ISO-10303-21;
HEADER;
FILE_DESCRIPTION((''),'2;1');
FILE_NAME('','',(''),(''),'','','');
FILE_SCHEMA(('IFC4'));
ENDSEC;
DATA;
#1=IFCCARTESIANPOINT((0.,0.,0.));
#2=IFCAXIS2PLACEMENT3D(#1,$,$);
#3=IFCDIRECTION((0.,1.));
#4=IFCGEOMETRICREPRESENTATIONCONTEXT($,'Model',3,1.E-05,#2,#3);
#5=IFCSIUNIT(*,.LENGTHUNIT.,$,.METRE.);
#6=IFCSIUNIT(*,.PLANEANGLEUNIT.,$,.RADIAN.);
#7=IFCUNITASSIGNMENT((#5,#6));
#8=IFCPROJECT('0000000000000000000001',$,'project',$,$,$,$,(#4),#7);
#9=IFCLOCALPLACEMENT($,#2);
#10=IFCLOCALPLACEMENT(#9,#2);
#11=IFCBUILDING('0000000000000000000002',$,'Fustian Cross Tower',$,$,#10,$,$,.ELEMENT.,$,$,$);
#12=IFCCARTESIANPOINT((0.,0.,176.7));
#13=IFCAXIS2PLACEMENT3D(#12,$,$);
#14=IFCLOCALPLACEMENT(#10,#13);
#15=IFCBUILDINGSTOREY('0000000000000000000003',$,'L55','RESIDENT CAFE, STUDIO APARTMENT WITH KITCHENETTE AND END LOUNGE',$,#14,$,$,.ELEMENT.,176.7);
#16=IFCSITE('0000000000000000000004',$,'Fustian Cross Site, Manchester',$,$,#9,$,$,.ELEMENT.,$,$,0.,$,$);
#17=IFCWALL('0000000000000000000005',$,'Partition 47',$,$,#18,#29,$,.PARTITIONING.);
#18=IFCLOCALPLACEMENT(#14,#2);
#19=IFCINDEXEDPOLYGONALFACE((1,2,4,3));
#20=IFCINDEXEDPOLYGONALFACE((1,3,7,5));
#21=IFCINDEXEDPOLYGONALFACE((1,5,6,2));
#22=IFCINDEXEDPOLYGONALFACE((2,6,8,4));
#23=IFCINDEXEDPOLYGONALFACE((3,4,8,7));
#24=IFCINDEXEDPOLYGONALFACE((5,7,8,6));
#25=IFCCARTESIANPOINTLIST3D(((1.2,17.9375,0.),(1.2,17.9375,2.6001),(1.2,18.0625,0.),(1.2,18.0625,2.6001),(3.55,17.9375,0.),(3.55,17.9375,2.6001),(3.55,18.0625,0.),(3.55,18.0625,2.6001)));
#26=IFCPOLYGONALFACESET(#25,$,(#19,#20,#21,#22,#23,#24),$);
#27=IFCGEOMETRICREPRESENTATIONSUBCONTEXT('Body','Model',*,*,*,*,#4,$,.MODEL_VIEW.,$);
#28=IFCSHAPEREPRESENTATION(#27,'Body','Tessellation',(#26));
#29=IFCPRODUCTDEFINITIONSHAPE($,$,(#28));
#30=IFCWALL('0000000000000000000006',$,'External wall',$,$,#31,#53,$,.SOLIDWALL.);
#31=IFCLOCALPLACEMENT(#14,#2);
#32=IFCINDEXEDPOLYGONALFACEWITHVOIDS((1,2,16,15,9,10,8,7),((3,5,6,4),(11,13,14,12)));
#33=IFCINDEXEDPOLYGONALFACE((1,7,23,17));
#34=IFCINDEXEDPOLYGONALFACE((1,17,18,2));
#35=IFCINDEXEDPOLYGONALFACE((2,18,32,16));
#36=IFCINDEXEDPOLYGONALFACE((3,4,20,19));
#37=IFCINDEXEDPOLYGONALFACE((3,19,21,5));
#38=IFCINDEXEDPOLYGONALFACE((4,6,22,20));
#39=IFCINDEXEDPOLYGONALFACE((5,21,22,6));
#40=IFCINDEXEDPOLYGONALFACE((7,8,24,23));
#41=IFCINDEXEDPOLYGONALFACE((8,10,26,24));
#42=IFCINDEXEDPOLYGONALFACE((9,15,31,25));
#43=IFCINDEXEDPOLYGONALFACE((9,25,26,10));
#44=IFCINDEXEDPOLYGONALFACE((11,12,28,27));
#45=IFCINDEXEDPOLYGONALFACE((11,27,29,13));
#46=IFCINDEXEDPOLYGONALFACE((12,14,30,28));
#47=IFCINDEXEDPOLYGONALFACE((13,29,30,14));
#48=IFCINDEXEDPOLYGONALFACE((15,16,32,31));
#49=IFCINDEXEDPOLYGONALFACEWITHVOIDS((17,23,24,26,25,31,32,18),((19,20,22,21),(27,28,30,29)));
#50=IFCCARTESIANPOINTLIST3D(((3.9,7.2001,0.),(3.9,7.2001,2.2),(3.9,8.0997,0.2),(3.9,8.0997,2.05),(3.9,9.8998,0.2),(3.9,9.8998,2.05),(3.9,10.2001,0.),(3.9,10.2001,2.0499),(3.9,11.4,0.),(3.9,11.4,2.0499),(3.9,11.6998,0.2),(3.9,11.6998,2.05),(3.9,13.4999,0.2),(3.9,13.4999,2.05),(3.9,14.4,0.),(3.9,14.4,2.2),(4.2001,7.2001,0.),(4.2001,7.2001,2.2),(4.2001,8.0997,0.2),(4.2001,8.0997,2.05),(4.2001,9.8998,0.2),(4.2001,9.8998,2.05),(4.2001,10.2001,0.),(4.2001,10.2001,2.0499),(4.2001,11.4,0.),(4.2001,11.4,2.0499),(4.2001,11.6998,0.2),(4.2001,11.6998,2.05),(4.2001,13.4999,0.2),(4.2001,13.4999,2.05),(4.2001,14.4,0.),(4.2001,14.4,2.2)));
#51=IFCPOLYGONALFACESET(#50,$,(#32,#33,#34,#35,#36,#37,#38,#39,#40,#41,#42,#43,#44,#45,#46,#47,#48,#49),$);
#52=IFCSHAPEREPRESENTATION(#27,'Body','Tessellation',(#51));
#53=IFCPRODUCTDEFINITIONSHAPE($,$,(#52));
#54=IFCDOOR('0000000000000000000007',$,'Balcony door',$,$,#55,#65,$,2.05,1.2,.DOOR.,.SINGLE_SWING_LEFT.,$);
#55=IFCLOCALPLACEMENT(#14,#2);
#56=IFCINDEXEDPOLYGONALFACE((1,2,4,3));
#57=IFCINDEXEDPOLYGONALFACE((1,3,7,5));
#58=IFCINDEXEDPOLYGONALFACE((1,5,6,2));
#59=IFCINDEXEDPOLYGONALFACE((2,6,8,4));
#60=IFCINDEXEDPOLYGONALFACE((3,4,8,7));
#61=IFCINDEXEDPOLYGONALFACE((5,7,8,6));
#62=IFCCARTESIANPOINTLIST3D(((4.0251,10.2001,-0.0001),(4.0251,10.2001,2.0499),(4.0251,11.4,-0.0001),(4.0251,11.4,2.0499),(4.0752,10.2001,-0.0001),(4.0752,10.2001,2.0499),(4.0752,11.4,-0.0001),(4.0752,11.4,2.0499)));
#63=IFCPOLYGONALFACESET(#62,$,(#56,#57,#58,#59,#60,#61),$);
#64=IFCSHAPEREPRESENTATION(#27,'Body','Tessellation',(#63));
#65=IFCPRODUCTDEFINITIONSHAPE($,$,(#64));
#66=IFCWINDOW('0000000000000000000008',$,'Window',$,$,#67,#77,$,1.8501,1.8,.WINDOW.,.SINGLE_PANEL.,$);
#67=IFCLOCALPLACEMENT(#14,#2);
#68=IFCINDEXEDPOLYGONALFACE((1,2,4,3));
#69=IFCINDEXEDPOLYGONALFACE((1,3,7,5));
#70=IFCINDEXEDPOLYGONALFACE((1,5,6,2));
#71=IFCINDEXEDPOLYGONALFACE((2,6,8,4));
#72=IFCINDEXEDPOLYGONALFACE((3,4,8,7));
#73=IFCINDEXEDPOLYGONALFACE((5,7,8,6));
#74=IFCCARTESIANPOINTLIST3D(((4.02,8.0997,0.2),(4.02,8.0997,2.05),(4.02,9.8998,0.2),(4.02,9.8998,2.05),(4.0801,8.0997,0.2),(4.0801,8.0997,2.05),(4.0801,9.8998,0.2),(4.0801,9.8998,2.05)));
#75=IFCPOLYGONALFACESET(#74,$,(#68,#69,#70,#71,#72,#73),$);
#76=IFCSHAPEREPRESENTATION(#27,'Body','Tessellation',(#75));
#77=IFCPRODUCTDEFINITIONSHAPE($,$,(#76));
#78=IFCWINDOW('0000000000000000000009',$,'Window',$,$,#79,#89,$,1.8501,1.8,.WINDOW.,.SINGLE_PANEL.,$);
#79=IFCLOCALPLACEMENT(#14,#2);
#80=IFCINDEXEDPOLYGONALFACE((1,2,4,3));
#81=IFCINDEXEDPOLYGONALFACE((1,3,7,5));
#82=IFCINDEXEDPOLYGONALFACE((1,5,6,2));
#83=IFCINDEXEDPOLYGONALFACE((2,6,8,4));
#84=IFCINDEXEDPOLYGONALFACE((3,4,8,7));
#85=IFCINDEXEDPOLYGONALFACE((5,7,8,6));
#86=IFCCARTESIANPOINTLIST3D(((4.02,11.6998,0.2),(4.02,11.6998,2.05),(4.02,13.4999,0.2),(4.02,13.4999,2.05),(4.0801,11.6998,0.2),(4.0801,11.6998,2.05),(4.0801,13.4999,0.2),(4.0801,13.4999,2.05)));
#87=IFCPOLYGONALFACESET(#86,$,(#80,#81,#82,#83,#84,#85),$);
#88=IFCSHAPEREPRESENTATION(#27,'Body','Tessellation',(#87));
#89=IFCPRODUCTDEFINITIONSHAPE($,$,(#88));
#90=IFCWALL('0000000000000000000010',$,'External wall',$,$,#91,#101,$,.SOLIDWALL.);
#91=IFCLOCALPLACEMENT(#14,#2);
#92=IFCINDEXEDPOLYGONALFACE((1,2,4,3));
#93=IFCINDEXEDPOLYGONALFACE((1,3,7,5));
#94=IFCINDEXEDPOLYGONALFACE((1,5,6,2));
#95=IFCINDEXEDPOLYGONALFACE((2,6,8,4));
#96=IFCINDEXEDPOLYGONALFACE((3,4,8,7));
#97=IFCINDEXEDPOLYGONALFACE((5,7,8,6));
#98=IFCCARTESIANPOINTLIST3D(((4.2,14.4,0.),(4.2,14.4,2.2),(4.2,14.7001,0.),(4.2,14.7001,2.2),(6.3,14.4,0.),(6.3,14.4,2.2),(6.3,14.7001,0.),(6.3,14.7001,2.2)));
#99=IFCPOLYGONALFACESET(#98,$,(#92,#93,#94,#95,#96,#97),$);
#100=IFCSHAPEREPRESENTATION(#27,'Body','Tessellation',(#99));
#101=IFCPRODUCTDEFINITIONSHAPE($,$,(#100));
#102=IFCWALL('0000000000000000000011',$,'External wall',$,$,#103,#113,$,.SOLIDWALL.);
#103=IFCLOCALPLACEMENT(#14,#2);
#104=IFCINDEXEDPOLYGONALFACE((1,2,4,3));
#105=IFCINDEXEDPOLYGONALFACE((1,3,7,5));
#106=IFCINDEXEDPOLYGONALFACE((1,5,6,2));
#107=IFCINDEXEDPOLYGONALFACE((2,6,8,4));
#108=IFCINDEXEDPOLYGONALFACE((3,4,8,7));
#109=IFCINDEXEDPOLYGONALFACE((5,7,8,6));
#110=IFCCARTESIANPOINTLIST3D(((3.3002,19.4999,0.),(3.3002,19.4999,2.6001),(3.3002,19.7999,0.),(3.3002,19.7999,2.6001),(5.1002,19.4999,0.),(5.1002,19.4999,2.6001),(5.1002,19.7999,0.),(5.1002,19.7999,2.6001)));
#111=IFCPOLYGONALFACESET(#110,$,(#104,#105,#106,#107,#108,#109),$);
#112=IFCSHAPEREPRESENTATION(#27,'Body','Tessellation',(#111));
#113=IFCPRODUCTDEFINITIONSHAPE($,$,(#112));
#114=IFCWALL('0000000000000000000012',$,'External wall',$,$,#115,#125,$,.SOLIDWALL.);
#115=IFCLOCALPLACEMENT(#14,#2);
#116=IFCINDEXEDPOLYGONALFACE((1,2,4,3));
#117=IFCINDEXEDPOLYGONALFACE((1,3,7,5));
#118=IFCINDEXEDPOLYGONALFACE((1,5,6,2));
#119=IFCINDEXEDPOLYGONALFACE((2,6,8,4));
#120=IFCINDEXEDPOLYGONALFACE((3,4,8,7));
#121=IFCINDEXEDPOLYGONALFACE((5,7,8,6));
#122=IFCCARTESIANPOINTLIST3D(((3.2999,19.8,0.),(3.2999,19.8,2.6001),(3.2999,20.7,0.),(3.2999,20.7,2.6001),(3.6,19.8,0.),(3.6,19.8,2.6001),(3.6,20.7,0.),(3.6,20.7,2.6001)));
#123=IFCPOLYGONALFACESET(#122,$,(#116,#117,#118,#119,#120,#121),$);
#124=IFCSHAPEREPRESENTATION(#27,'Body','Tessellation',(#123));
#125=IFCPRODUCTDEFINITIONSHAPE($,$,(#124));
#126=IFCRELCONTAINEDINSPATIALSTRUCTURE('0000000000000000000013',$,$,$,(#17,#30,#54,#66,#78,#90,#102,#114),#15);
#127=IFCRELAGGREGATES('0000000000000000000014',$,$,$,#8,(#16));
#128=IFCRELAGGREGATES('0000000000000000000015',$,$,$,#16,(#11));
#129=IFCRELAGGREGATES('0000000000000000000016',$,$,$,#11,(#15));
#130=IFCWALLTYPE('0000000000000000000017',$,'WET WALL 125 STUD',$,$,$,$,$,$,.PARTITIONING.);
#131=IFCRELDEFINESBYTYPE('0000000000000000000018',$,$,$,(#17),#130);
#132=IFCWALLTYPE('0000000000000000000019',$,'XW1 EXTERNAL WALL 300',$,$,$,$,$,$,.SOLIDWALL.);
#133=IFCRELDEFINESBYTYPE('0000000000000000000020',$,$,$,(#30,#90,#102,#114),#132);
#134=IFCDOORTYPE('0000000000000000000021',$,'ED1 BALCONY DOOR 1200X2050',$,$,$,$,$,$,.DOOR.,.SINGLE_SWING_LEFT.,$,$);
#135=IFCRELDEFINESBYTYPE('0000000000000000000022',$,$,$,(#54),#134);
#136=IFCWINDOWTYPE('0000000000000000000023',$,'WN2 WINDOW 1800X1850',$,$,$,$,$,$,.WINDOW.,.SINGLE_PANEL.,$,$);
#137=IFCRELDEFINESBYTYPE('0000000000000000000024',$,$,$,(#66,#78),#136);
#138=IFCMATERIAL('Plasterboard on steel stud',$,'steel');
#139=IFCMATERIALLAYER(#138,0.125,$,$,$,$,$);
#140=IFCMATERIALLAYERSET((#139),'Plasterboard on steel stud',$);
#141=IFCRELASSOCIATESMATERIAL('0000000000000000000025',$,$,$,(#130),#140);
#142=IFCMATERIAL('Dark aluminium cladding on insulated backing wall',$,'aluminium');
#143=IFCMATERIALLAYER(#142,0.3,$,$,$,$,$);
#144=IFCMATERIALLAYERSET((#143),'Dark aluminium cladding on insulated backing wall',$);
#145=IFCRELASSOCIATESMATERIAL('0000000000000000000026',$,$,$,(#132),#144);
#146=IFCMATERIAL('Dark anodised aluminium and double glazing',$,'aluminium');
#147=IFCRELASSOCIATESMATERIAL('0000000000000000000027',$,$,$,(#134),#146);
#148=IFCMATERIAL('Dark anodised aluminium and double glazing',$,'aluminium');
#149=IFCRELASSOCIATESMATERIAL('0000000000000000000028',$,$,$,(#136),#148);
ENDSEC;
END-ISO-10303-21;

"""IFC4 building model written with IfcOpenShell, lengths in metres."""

from ifc_helpers import new_model, si_unit, direction, frame, frame_2d, origin, place, context, subcontext, project, spatial, rectangle, extrude, material, layer, layer_set, type_object, element, fill, save


model = new_model("IFC4")

# Units and contexts
model_context = context("Model", 3, precision=1e-05, world=origin(), true_north=direction((0.0, 1.0)))
body_context = subcontext(model_context, "Body", "Model", "MODEL_VIEW")
ifc_project = project(units=[si_unit("LENGTHUNIT", "METRE"), si_unit("PLANEANGLEUNIT", "RADIAN")], contexts=[model_context])

# Site, building, storey
site_placement = place(None, origin())
site = spatial("IfcSite", under=ifc_project, at=site_placement, Name="Fustian Cross Site, Manchester", CompositionType="ELEMENT", RefElevation=0.0)
building_placement = place(site_placement, origin())
building = spatial("IfcBuilding", under=site, at=building_placement, Name="Fustian Cross Tower", CompositionType="ELEMENT")
storey_placement = place(building_placement, frame((0.0, 0.0, 176.7)))
storey = spatial("IfcBuildingStorey", under=building, at=storey_placement, Name="L55", Description="RESIDENT CAFE, STUDIO APARTMENT WITH KITCHENETTE AND END LOUNGE", CompositionType="ELEMENT", Elevation=176.7)

# Wall
ifc_material_1 = material(Name="Plasterboard on steel stud", Category="steel")
ifc_layer_1 = layer(ifc_material_1, 0.125)
ifc_layer_set_1 = layer_set([ifc_layer_1], Name="Plasterboard on steel stud")
wall_type_1 = type_object("IfcWallType", Name="WET WALL 125 STUD", PredefinedType="PARTITIONING", material=ifc_layer_set_1)
wall_1_placement = place(storey_placement, frame((1.2, 18.0, 0.0), z_axis=(0.0, 0.0, 1.0), x_axis=(1.0, 0.0, 0.0)))
element("IfcWall", 1, at=wall_1_placement, inside=storey, type_object=wall_type_1, Name="Partition 47", PredefinedType="PARTITIONING", context=body_context, shape_type="SweptSolid", body=[
    extrude(rectangle(XDim=2.3501, YDim=0.125, at=frame_2d((1.175, 0.0))), origin(), (0.0, 0.0, 1.0), 2.6001),
])

# Wall, openings, door, windows
ifc_material_2 = material(Name="Dark aluminium cladding on insulated backing wall", Category="aluminium")
ifc_layer_2 = layer(ifc_material_2, 0.3)
ifc_layer_set_2 = layer_set([ifc_layer_2], Name="Dark aluminium cladding on insulated backing wall")
wall_type_2 = type_object("IfcWallType", Name="XW1 EXTERNAL WALL 300", PredefinedType="SOLIDWALL", material=ifc_layer_set_2)
wall_2_placement = place(storey_placement, frame((4.05, 7.2, 0.0), z_axis=(0.0, 0.0, 1.0), x_axis=(0.0, 1.0, 0.0)))
wall_2 = element("IfcWall", 2, at=wall_2_placement, inside=storey, type_object=wall_type_2, Name="External wall", PredefinedType="SOLIDWALL", context=body_context, shape_type="SweptSolid", body=[
    extrude(rectangle(XDim=7.2, YDim=0.3, at=frame_2d((3.6001, 0.0))), origin(), (0.0, 0.0, 1.0), 2.2),
])
opening_1_placement = place(wall_2_placement, frame((3.0, 0.0, 0.0)))
opening_1 = element("IfcOpeningElement", 3, at=opening_1_placement, cuts=wall_2, PredefinedType="OPENING", context=body_context, shape_type="SweptSolid", body=[
    extrude(rectangle(XDim=1.2, YDim=2.05, at=frame_2d((0.6001, 1.0249))), frame((0.0, 0.1599, 0.0), z_axis=(0.0, -1.0, 0.0), x_axis=(1.0, 0.0, 0.0)), (0.0, 0.0, 1.0), 0.3201),
])
opening_2_placement = place(wall_2_placement, frame((0.8999, 0.0, 0.2)))
opening_2 = element("IfcOpeningElement", 4, at=opening_2_placement, cuts=wall_2, PredefinedType="OPENING", context=body_context, shape_type="SweptSolid", body=[
    extrude(rectangle(XDim=1.8, YDim=1.8501, at=frame_2d((0.8999, 0.925))), frame((0.0, 0.1599, 0.0), z_axis=(0.0, -1.0, 0.0), x_axis=(1.0, 0.0, 0.0)), (0.0, 0.0, 1.0), 0.3201),
])
opening_3_placement = place(wall_2_placement, frame((4.5, 0.0, 0.2)))
opening_3 = element("IfcOpeningElement", 5, at=opening_3_placement, cuts=wall_2, PredefinedType="OPENING", context=body_context, shape_type="SweptSolid", body=[
    extrude(rectangle(XDim=1.8, YDim=1.8501, at=frame_2d((0.8999, 0.925))), frame((0.0, 0.1599, 0.0), z_axis=(0.0, -1.0, 0.0), x_axis=(1.0, 0.0, 0.0)), (0.0, 0.0, 1.0), 0.3201),
])
ifc_material_3 = material(Name="Dark anodised aluminium and double glazing", Category="aluminium")
door_type_1 = type_object("IfcDoorType", Name="ED1 BALCONY DOOR 1200X2050", OperationType="SINGLE_SWING_LEFT", PredefinedType="DOOR", material=ifc_material_3)
door_1_placement = place(opening_1_placement, origin())
door_1 = element("IfcDoor", 6, at=door_1_placement, inside=storey, type_object=door_type_1, Name="Balcony door", OperationType="SINGLE_SWING_LEFT", OverallHeight=2.05, OverallWidth=1.2, PredefinedType="DOOR", context=body_context, shape_type="SweptSolid", body=[
    extrude(rectangle(XDim=1.2, YDim=2.05, at=frame_2d((0.6001, 1.0249))), frame((0.0, 0.0249, 0.0), z_axis=(0.0, -1.0, 0.0), x_axis=(1.0, 0.0, 0.0)), (0.0, 0.0, 1.0), 0.05),
])
fill(opening_1, door_1)
ifc_material_4 = material(Name="Dark anodised aluminium and double glazing", Category="aluminium")
window_type_1 = type_object("IfcWindowType", Name="WN2 WINDOW 1800X1850", PartitioningType="SINGLE_PANEL", PredefinedType="WINDOW", material=ifc_material_4)
window_1_placement = place(opening_2_placement, origin())
window_1 = element("IfcWindow", 7, at=window_1_placement, inside=storey, type_object=window_type_1, Name="Window", OverallHeight=1.8501, OverallWidth=1.8, PartitioningType="SINGLE_PANEL", PredefinedType="WINDOW", context=body_context, shape_type="SweptSolid", body=[
    extrude(rectangle(XDim=1.8, YDim=1.8501, at=frame_2d((0.8999, 0.925))), frame((0.0, 0.03, 0.0), z_axis=(0.0, -1.0, 0.0), x_axis=(1.0, 0.0, 0.0)), (0.0, 0.0, 1.0), 0.0601),
])
fill(opening_2, window_1)
window_2_placement = place(opening_3_placement, origin())
window_2 = element("IfcWindow", 8, at=window_2_placement, inside=storey, type_object=window_type_1, Name="Window", OverallHeight=1.8501, OverallWidth=1.8, PartitioningType="SINGLE_PANEL", PredefinedType="WINDOW", context=body_context, shape_type="SweptSolid", body=[
    extrude(rectangle(XDim=1.8, YDim=1.8501, at=frame_2d((0.8999, 0.925))), frame((0.0, 0.03, 0.0), z_axis=(0.0, -1.0, 0.0), x_axis=(1.0, 0.0, 0.0)), (0.0, 0.0, 1.0), 0.0601),
])
fill(opening_3, window_2)

# Walls
wall_3_placement = place(storey_placement, frame((4.2, 14.55, 0.0), z_axis=(0.0, 0.0, 1.0), x_axis=(1.0, 0.0, 0.0)))
element("IfcWall", 9, at=wall_3_placement, inside=storey, type_object=wall_type_2, Name="External wall", PredefinedType="SOLIDWALL", context=body_context, shape_type="SweptSolid", body=[
    extrude(rectangle(XDim=2.1001, YDim=0.3, at=frame_2d((1.05, 0.0))), origin(), (0.0, 0.0, 1.0), 2.2),
])
wall_4_placement = place(storey_placement, frame((5.1001, 19.6499, 0.0), z_axis=(0.0, 0.0, 1.0), x_axis=(-1.0, 0.0, 0.0)))
element("IfcWall", 10, at=wall_4_placement, inside=storey, type_object=wall_type_2, Name="External wall", PredefinedType="SOLIDWALL", context=body_context, shape_type="SweptSolid", body=[
    extrude(rectangle(XDim=1.8, YDim=0.3, at=frame_2d((0.8999, 0.0))), origin(), (0.0, 0.0, 1.0), 2.6001),
])
wall_5_placement = place(storey_placement, frame((3.45, 19.8, 0.0), z_axis=(0.0, 0.0, 1.0), x_axis=(0.0, 1.0, 0.0)))
element("IfcWall", 11, at=wall_5_placement, inside=storey, type_object=wall_type_2, Name="External wall", PredefinedType="SOLIDWALL", context=body_context, shape_type="SweptSolid", body=[
    extrude(rectangle(XDim=0.8999, YDim=0.3, at=frame_2d((0.45, 0.0))), origin(), (0.0, 0.0, 1.0), 2.6001),
])

save(model, "model.ifc")
